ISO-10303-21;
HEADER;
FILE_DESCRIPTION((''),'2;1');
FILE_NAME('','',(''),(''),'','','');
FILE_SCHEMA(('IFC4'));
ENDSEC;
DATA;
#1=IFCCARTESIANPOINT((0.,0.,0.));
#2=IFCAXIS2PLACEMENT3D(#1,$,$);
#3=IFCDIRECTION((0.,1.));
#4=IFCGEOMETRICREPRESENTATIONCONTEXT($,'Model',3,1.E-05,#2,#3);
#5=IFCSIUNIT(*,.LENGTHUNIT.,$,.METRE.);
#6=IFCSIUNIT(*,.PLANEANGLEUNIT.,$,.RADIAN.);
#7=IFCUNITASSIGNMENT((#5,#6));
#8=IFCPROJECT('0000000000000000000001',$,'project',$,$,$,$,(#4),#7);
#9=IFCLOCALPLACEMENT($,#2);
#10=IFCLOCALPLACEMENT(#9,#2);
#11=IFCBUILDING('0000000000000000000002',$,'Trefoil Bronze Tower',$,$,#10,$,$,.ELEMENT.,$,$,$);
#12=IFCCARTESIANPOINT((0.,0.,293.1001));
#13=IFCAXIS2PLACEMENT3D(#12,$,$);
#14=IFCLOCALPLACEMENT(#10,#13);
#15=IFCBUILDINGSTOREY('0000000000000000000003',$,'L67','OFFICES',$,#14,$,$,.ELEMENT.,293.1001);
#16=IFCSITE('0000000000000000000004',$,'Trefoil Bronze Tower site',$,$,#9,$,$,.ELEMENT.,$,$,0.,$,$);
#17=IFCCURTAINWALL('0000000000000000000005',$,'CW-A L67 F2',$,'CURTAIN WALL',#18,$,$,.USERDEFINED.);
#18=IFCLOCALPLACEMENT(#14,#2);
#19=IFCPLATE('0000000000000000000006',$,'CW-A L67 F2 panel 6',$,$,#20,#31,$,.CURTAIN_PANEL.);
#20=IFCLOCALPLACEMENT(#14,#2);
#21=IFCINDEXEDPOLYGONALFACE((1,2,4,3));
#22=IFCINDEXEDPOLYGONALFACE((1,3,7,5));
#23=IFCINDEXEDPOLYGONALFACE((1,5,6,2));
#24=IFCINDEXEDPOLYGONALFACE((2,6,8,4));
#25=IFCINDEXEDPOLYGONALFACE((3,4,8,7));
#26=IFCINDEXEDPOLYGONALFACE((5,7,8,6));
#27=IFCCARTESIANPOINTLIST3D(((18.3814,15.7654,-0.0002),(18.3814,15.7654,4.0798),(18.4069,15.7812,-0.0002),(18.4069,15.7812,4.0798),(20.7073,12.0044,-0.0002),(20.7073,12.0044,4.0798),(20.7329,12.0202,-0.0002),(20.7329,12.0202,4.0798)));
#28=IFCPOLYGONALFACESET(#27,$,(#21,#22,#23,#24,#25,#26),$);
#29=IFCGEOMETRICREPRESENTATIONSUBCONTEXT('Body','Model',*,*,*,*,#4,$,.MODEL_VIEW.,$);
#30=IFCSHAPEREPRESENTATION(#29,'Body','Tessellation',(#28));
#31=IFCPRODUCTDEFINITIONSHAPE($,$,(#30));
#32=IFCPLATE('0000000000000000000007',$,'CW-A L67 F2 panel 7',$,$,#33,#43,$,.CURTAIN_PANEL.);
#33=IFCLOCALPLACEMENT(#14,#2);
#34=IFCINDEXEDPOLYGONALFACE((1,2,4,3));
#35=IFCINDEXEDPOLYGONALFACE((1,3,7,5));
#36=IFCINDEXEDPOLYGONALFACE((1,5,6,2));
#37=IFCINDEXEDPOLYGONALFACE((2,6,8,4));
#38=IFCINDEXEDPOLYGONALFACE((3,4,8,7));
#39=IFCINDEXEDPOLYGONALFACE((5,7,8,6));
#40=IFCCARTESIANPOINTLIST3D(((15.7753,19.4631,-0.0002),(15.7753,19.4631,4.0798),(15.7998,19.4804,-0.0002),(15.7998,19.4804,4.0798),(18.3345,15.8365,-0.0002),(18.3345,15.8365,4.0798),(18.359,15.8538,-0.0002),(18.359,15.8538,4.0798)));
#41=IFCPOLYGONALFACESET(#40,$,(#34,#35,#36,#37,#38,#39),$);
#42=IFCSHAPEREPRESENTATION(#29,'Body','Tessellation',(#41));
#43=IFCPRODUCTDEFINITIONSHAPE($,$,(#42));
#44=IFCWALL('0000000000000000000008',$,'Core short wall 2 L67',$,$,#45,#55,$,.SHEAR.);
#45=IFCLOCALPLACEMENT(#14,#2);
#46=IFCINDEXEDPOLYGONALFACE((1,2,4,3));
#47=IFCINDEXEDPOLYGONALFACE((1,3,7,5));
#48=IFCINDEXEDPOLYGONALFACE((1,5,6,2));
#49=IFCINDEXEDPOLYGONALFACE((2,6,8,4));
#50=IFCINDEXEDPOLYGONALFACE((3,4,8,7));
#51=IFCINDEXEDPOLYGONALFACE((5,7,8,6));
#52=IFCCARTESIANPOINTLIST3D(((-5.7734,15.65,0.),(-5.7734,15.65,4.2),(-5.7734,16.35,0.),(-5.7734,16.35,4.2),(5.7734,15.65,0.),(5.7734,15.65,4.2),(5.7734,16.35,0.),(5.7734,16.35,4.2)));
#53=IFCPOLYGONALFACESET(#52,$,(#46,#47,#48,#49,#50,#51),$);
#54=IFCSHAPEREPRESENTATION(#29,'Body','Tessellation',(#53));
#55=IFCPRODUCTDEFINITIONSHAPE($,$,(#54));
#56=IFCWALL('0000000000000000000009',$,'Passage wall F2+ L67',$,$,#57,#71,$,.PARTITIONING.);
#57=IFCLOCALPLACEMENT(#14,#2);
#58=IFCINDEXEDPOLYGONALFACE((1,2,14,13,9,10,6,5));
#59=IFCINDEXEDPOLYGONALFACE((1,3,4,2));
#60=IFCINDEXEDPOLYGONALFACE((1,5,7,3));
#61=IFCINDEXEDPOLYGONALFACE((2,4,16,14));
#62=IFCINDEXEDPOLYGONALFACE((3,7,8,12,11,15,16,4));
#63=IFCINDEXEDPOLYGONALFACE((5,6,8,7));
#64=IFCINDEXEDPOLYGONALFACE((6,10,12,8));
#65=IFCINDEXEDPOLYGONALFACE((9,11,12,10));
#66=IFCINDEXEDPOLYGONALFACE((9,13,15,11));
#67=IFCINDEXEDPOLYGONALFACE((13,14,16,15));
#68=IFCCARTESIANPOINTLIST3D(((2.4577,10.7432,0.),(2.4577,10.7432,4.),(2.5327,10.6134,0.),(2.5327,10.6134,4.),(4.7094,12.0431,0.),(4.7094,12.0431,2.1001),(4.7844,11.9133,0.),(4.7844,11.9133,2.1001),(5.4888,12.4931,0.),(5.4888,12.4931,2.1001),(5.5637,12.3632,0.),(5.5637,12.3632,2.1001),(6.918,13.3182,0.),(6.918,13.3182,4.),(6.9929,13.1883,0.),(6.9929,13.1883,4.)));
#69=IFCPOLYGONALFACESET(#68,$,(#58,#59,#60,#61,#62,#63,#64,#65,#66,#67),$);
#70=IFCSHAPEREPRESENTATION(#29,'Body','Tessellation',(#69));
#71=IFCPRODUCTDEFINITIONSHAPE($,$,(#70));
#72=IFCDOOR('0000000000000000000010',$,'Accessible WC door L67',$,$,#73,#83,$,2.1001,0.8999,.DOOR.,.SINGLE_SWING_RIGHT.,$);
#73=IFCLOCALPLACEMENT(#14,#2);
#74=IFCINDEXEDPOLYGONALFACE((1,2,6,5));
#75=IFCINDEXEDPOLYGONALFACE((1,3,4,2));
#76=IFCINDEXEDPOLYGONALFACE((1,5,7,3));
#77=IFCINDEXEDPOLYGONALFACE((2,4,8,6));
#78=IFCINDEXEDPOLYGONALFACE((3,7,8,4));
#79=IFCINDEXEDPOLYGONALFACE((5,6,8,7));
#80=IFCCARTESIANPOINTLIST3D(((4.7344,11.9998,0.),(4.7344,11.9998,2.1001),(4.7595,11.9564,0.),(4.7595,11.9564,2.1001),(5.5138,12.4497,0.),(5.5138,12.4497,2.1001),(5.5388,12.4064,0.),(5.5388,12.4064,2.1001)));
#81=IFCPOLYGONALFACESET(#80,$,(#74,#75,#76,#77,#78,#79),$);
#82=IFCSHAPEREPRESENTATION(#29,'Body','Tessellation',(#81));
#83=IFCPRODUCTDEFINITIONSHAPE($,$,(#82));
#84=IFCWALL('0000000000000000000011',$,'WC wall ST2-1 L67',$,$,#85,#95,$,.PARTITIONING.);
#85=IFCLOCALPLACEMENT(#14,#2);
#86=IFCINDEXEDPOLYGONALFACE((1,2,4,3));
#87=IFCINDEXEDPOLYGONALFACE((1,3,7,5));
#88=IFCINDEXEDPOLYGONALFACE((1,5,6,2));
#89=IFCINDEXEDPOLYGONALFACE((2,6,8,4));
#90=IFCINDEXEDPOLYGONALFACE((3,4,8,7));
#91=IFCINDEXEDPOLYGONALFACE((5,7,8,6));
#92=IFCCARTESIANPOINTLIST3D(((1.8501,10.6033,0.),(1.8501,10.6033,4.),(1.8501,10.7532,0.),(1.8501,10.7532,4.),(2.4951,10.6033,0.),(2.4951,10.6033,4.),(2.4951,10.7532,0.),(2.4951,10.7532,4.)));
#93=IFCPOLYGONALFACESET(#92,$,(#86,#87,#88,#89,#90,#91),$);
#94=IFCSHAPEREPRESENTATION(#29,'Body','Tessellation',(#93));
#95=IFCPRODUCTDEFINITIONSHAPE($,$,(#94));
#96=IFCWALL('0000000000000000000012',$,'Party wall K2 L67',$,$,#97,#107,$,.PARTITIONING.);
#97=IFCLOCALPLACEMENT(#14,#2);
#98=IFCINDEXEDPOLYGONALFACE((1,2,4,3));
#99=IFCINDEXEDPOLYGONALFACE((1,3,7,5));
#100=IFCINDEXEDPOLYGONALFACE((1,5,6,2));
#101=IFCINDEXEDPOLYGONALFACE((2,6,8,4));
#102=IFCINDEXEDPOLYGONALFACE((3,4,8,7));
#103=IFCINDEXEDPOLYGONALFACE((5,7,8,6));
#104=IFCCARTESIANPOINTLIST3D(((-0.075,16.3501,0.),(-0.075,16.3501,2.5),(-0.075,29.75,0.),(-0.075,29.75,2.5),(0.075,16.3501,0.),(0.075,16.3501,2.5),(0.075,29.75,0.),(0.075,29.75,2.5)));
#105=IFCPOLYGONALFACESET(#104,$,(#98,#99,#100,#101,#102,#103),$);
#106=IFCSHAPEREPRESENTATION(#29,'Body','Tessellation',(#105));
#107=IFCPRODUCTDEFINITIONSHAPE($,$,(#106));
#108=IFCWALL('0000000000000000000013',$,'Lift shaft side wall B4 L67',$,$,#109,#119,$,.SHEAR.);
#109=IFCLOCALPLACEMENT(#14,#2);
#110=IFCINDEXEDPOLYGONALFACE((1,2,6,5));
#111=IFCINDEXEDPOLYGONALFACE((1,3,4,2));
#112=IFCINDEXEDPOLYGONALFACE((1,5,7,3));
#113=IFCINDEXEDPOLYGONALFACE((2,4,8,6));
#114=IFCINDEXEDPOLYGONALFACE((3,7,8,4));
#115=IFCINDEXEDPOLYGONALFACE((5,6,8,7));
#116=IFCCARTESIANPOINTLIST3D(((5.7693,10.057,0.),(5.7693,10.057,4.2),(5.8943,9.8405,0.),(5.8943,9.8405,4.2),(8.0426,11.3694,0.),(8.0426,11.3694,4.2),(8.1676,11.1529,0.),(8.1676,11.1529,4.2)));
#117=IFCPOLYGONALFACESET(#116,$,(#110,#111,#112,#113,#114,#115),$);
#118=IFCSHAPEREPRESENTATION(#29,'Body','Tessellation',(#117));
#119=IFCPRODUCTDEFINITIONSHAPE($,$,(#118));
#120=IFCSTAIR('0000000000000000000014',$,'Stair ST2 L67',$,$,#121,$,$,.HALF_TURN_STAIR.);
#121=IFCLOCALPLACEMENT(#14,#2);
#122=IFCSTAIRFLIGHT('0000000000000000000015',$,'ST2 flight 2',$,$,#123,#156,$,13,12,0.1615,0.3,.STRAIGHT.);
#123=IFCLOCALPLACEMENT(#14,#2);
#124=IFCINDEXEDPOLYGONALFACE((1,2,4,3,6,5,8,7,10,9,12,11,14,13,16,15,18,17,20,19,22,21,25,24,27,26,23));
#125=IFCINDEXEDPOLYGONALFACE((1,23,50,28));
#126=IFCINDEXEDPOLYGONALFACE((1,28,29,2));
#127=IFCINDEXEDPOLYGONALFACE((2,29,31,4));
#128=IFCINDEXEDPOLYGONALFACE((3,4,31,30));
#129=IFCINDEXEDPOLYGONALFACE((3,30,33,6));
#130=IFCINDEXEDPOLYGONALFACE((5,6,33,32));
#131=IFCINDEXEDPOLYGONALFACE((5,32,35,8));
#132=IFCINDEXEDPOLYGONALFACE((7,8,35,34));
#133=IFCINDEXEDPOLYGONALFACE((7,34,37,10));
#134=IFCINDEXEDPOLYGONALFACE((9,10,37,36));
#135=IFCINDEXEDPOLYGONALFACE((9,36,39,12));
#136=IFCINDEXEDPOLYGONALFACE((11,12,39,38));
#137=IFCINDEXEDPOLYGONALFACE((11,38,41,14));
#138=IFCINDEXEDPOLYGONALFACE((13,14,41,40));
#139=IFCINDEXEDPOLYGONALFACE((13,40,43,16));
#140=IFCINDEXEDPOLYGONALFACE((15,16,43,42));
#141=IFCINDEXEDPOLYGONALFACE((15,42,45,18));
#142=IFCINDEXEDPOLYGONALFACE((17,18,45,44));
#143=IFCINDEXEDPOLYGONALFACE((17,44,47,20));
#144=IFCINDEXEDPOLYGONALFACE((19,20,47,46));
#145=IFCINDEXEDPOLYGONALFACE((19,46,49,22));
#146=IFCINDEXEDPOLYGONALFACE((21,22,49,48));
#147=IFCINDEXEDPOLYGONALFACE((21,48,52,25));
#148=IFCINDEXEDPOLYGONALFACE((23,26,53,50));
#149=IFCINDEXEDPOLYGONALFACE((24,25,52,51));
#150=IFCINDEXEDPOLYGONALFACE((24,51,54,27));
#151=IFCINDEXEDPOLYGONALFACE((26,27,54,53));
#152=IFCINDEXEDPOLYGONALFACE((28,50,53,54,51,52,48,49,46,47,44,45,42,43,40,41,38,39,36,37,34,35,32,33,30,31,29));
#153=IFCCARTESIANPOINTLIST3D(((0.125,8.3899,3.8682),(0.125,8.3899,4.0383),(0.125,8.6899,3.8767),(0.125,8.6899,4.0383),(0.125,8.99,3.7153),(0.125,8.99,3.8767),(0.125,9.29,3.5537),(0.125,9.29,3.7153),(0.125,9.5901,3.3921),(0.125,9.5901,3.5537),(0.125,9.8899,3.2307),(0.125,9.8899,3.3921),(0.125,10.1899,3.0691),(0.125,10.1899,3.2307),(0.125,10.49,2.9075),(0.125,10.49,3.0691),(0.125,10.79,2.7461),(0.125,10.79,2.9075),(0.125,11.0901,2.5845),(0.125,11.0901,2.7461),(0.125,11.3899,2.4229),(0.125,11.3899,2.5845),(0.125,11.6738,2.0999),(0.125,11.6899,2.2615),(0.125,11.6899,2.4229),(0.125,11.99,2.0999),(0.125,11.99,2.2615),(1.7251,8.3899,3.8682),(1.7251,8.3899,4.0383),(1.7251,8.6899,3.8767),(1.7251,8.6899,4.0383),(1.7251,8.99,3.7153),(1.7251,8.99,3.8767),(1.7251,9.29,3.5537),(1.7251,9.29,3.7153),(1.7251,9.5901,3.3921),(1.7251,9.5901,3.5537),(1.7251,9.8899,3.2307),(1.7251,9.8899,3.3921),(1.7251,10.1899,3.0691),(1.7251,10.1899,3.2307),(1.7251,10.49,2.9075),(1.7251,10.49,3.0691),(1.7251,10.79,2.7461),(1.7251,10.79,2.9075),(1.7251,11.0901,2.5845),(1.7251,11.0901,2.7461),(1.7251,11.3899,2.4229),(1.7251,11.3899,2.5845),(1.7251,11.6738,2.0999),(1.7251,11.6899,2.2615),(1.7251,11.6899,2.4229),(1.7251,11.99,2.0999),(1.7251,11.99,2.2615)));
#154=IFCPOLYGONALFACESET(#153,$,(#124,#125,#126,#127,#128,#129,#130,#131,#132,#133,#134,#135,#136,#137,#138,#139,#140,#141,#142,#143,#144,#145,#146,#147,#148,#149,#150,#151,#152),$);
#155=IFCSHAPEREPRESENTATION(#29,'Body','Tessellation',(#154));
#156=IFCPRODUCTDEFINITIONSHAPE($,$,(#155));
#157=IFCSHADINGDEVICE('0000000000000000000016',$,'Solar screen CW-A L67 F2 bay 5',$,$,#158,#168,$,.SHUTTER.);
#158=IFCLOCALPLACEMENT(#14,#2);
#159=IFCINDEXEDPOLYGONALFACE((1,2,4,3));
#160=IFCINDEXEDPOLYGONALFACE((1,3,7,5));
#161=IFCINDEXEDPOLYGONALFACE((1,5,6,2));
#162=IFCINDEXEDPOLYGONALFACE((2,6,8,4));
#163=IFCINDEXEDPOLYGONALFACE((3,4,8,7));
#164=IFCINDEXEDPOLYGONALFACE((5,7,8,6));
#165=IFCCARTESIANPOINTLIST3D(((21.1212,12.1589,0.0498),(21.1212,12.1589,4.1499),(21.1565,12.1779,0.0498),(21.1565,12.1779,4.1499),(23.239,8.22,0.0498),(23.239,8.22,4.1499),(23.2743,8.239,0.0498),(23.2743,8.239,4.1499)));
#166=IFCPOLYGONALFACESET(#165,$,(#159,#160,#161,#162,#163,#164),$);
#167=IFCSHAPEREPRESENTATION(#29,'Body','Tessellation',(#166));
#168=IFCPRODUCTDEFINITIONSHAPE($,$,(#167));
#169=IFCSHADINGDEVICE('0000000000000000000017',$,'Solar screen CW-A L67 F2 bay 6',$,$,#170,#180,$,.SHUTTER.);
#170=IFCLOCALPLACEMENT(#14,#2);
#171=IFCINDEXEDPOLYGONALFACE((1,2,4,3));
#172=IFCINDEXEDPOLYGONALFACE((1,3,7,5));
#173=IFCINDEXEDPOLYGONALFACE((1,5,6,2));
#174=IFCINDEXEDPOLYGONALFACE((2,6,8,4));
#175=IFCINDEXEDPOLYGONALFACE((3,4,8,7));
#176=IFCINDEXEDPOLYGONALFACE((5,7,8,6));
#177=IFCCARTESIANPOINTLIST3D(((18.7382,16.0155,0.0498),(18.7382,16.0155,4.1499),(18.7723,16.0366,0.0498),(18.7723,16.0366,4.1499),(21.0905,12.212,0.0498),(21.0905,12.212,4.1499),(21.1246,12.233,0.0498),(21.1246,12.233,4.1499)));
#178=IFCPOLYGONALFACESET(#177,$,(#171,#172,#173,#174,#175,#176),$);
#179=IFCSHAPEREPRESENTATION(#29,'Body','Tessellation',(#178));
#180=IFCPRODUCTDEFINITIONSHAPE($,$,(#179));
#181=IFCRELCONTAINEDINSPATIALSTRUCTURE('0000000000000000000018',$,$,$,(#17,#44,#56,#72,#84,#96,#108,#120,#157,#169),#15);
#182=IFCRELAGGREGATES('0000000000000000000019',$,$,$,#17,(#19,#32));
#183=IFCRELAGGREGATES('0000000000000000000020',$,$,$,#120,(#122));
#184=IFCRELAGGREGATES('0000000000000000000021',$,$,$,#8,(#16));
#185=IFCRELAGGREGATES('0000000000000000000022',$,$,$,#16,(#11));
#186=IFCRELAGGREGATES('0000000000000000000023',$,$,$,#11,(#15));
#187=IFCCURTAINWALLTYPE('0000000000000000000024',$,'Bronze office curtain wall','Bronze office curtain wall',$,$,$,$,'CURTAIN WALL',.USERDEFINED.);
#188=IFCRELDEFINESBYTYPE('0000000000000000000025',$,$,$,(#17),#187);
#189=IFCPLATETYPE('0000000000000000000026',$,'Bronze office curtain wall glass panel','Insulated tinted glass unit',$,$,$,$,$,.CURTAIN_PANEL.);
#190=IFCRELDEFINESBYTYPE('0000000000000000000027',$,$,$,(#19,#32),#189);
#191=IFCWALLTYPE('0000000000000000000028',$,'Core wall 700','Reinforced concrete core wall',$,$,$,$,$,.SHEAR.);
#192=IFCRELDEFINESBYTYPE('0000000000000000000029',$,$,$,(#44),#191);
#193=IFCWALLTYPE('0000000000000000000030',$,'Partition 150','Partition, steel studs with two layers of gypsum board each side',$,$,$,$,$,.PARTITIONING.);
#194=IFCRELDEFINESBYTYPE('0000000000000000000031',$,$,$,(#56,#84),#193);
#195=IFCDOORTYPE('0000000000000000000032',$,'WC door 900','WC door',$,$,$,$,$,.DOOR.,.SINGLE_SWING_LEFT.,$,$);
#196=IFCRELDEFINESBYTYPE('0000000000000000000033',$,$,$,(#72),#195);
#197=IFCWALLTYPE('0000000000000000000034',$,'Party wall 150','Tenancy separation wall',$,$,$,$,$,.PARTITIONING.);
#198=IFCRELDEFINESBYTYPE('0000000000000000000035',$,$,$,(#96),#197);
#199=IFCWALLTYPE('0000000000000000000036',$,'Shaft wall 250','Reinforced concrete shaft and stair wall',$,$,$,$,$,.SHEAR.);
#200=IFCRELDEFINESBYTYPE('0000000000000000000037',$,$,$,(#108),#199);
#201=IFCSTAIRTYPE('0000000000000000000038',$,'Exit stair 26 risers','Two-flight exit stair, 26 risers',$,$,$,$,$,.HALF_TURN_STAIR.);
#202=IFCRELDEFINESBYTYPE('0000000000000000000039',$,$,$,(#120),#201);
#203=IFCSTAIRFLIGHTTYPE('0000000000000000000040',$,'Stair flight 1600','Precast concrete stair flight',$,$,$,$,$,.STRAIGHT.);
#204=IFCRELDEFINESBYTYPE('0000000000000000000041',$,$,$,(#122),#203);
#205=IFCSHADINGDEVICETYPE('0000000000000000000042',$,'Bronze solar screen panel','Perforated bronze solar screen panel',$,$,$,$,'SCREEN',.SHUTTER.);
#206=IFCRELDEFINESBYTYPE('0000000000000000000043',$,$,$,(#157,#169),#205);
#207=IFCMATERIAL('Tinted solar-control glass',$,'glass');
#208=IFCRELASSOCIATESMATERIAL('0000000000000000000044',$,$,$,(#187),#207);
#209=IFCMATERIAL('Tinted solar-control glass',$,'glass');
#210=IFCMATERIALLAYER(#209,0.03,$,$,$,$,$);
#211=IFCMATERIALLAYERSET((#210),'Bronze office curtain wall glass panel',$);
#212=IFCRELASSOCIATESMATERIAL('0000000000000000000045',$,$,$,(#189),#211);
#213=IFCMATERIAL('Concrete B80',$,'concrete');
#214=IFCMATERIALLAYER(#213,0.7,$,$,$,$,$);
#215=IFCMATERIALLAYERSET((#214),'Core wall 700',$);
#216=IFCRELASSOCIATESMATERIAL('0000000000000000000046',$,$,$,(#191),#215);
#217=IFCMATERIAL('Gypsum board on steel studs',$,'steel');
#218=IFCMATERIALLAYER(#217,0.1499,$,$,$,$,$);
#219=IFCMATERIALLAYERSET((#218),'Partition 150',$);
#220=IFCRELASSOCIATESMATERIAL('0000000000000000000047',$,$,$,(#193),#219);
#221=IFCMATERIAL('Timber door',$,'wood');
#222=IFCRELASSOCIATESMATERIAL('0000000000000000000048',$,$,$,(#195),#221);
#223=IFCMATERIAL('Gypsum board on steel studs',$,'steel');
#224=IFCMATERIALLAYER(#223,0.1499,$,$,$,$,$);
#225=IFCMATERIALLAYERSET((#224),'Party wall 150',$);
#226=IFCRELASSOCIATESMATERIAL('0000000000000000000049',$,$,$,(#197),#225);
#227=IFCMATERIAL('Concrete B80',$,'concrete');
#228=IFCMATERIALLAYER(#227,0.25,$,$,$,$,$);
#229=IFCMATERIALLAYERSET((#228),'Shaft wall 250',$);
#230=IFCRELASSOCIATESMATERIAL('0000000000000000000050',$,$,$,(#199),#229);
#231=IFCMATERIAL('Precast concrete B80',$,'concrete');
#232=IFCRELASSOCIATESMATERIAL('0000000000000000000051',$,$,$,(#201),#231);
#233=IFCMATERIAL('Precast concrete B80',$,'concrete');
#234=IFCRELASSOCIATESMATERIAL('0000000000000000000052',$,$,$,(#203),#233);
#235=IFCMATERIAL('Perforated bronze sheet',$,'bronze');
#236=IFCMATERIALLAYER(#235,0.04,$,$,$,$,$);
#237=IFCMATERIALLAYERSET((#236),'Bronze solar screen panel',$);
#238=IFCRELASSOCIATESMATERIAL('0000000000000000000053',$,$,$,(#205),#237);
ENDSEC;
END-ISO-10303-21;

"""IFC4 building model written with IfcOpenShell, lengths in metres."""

from ifc_helpers import new_model, si_unit, direction, frame, frame_2d, origin, origin_2d, place, context, subcontext, project, spatial, polyline, rectangle, outline, extrude, material, layer, layer_set, type_object, element, fill, aggregate, save


model = new_model("IFC4")

# Units and contexts
model_context = context("Model", 3, precision=1e-05, world=origin(), true_north=direction((0.0, 1.0)))
body_context = subcontext(model_context, "Body", "Model", "MODEL_VIEW")
ifc_project = project(units=[si_unit("LENGTHUNIT", "METRE"), si_unit("PLANEANGLEUNIT", "RADIAN")], contexts=[model_context])

# Site, building, storey
site_placement = place(None, origin())
site = spatial("IfcSite", under=ifc_project, at=site_placement, Name="Trefoil Bronze Tower site", CompositionType="ELEMENT", RefElevation=0.0)
building_placement = place(site_placement, origin())
building = spatial("IfcBuilding", under=site, at=building_placement, Name="Trefoil Bronze Tower", CompositionType="ELEMENT")
storey_placement = place(building_placement, frame((0.0, 0.0, 293.1001)))
storey = spatial("IfcBuildingStorey", under=building, at=storey_placement, Name="L67", Description="OFFICES", CompositionType="ELEMENT", Elevation=293.1001)

# Curtain wall
ifc_material_1 = material(Name="Tinted solar-control glass", Category="glass")
curtain_wall_type = type_object("IfcCurtainWallType", Name="Bronze office curtain wall", Description="Bronze office curtain wall", ElementType="CURTAIN WALL", PredefinedType="USERDEFINED", material=ifc_material_1)
curtain_wall_placement = place(storey_placement, origin())
curtain_wall = element("IfcCurtainWall", 1, at=curtain_wall_placement, inside=storey, type_object=curtain_wall_type, Name="CW-A L67 F2", ObjectType="CURTAIN WALL", PredefinedType="USERDEFINED")

# Plates
ifc_material_2 = material(Name="Tinted solar-control glass", Category="glass")
ifc_layer_1 = layer(ifc_material_2, 0.03)
ifc_layer_set_1 = layer_set([ifc_layer_1], Name="Bronze office curtain wall glass panel")
plate_type = type_object("IfcPlateType", Name="Bronze office curtain wall glass panel", Description="Insulated tinted glass unit", PredefinedType="CURTAIN_PANEL", material=ifc_layer_set_1)
plate_1_placement = place(storey_placement, frame((19.5571, 13.8928, -0.0002), z_axis=(0.0, 0.0, 1.0), x_axis=(-0.52598, 0.850497, 0.0)))
plate_1 = element("IfcPlate", 2, at=plate_1_placement, type_object=plate_type, Name="CW-A L67 F2 panel 6", PredefinedType="CURTAIN_PANEL", context=body_context, shape_type="SweptSolid", body=[
    extrude(rectangle(XDim=4.4221, YDim=0.03, at=origin_2d()), origin(), (0.0, 0.0, 1.0), 4.0801),
])
plate_2_placement = place(storey_placement, frame((17.0671, 17.6584, -0.0002), z_axis=(0.0, 0.0, 1.0), x_axis=(-0.576561, 0.817054, 0.0)))
plate_2 = element("IfcPlate", 3, at=plate_2_placement, type_object=plate_type, Name="CW-A L67 F2 panel 7", PredefinedType="CURTAIN_PANEL", context=body_context, shape_type="SweptSolid", body=[
    extrude(rectangle(XDim=4.4387, YDim=0.03, at=origin_2d()), origin(), (0.0, 0.0, 1.0), 4.0801),
])
aggregate(curtain_wall, [plate_1, plate_2])

# Wall
ifc_material_3 = material(Name="Concrete B80", Category="concrete")
ifc_layer_2 = layer(ifc_material_3, 0.7)
ifc_layer_set_2 = layer_set([ifc_layer_2], Name="Core wall 700")
wall_type_1 = type_object("IfcWallType", Name="Core wall 700", Description="Reinforced concrete core wall", PredefinedType="SHEAR", material=ifc_layer_set_2)
wall_1_placement = place(storey_placement, frame((5.7734, 16.0, 0.0), z_axis=(0.0, 0.0, 1.0), x_axis=(-1.0, 0.0, 0.0)))
element("IfcWall", 4, at=wall_1_placement, inside=storey, type_object=wall_type_1, Name="Core short wall 2 L67", PredefinedType="SHEAR", context=body_context, shape_type="SweptSolid", body=[
    extrude(rectangle(XDim=11.5469, YDim=0.7, at=frame_2d((5.7734, 0.0))), origin(), (0.0, 0.0, 1.0), 4.2),
])

# Wall, opening, door
ifc_material_4 = material(Name="Gypsum board on steel studs", Category="steel")
ifc_layer_3 = layer(ifc_material_4, 0.1499)
ifc_layer_set_3 = layer_set([ifc_layer_3], Name="Partition 150")
wall_type_2 = type_object("IfcWallType", Name="Partition 150", Description="Partition, steel studs with two layers of gypsum board each side", PredefinedType="PARTITIONING", material=ifc_layer_set_3)
wall_2_placement = place(storey_placement, frame((2.4951, 10.6782, 0.0), z_axis=(0.0, 0.0, 1.0), x_axis=(0.866038, 0.499978, 0.0)))
wall_2 = element("IfcWall", 5, at=wall_2_placement, inside=storey, type_object=wall_type_2, Name="Passage wall F2+ L67", PredefinedType="PARTITIONING", context=body_context, shape_type="SweptSolid", body=[
    extrude(rectangle(XDim=5.1501, YDim=0.1499, at=frame_2d((2.5752, 0.0))), origin(), (0.0, 0.0, 1.0), 4.0),
])
opening_placement = place(wall_2_placement, frame((2.6001, 0.0, 0.0)))
opening = element("IfcOpeningElement", 6, at=opening_placement, cuts=wall_2, PredefinedType="OPENING", context=body_context, shape_type="SweptSolid", body=[
    extrude(rectangle(XDim=0.8999, YDim=2.1001, at=frame_2d((0.45, 1.05))), frame((0.0, 0.085, 0.0), z_axis=(0.0, -1.0, 0.0), x_axis=(1.0, 0.0, 0.0)), (0.0, 0.0, 1.0), 0.1699),
])
ifc_material_5 = material(Name="Timber door", Category="wood")
door_type = type_object("IfcDoorType", Name="WC door 900", Description="WC door", OperationType="SINGLE_SWING_LEFT", PredefinedType="DOOR", material=ifc_material_5)
door_placement = place(opening_placement, origin())
door = element("IfcDoor", 7, at=door_placement, inside=storey, type_object=door_type, Name="Accessible WC door L67", OperationType="SINGLE_SWING_RIGHT", OverallHeight=2.1001, OverallWidth=0.8999, PredefinedType="DOOR", context=body_context, shape_type="SweptSolid", body=[
    extrude(rectangle(XDim=0.8999, YDim=2.1001, at=frame_2d((0.45, 1.05))), frame((0.0, 0.0249, 0.0), z_axis=(0.0, -1.0, 0.0), x_axis=(1.0, 0.0, 0.0)), (0.0, 0.0, 1.0), 0.05),
])
fill(opening, door)

# Walls
wall_3_placement = place(storey_placement, frame((2.4951, 10.6782, 0.0), z_axis=(0.0, 0.0, 1.0), x_axis=(-1.0, 0.0, 0.0)))
element("IfcWall", 8, at=wall_3_placement, inside=storey, type_object=wall_type_2, Name="WC wall ST2-1 L67", PredefinedType="PARTITIONING", context=body_context, shape_type="SweptSolid", body=[
    extrude(rectangle(XDim=0.645, YDim=0.1499, at=frame_2d((0.3225, 0.0))), origin(), (0.0, 0.0, 1.0), 4.0),
])
ifc_material_6 = material(Name="Gypsum board on steel studs", Category="steel")
ifc_layer_4 = layer(ifc_material_6, 0.1499)
ifc_layer_set_4 = layer_set([ifc_layer_4], Name="Party wall 150")
wall_type_3 = type_object("IfcWallType", Name="Party wall 150", Description="Tenancy separation wall", PredefinedType="PARTITIONING", material=ifc_layer_set_4)
wall_4_placement = place(storey_placement, frame((0.0, 16.3501, 0.0), z_axis=(0.0, 0.0, 1.0), x_axis=(0.0, 1.0, 0.0)))
element("IfcWall", 9, at=wall_4_placement, inside=storey, type_object=wall_type_3, Name="Party wall K2 L67", PredefinedType="PARTITIONING", context=body_context, shape_type="SweptSolid", body=[
    extrude(rectangle(XDim=13.3999, YDim=0.1499, at=frame_2d((6.7, 0.0))), origin(), (0.0, 0.0, 1.0), 2.5),
])
ifc_material_7 = material(Name="Concrete B80", Category="concrete")
ifc_layer_5 = layer(ifc_material_7, 0.25)
ifc_layer_set_5 = layer_set([ifc_layer_5], Name="Shaft wall 250")
wall_type_4 = type_object("IfcWallType", Name="Shaft wall 250", Description="Reinforced concrete shaft and stair wall", PredefinedType="SHEAR", material=ifc_layer_set_5)
wall_5_placement = place(storey_placement, frame((5.8318, 9.9487, 0.0), z_axis=(0.0, 0.0, 1.0), x_axis=(0.866037, 0.49998, 0.0)))
element("IfcWall", 10, at=wall_5_placement, inside=storey, type_object=wall_type_4, Name="Lift shaft side wall B4 L67", PredefinedType="SHEAR", context=body_context, shape_type="SweptSolid", body=[
    extrude(rectangle(XDim=2.625, YDim=0.25, at=frame_2d((1.3125, 0.0))), origin(), (0.0, 0.0, 1.0), 4.2),
])

# Stair, stair flight
ifc_material_8 = material(Name="Precast concrete B80", Category="concrete")
stair_type = type_object("IfcStairType", Name="Exit stair 26 risers", Description="Two-flight exit stair, 26 risers", PredefinedType="HALF_TURN_STAIR", material=ifc_material_8)
stair_placement = place(storey_placement, origin())
stair = element("IfcStair", 11, at=stair_placement, inside=storey, type_object=stair_type, Name="Stair ST2 L67", PredefinedType="HALF_TURN_STAIR")
ifc_material_9 = material(Name="Precast concrete B80", Category="concrete")
stair_flight_type = type_object("IfcStairFlightType", Name="Stair flight 1600", Description="Precast concrete stair flight", PredefinedType="STRAIGHT", material=ifc_material_9)
stair_flight_placement = place(storey_placement, frame((0.925, 11.99, 2.0999), z_axis=(0.0, 0.0, 1.0), x_axis=(0.0, -1.0, 0.0)))
stair_flight = element("IfcStairFlight", 12, at=stair_flight_placement, type_object=stair_flight_type, Name="ST2 flight 2", NumberOfRisers=13, NumberOfTreads=12, PredefinedType="STRAIGHT", RiserHeight=0.1615, TreadLength=0.3, context=body_context, shape_type="SweptSolid", body=[
    extrude(outline(polyline([(0.0, 0.0), (0.0, 0.1616), (0.3, 0.1616), (0.3, 0.323), (0.6001, 0.323), (0.6001, 0.4846), (0.8999, 0.4846), (0.8999, 0.6462), (1.2, 0.6462), (1.2, 0.8076), (1.5, 0.8076), (1.5, 0.9692), (1.8, 0.9692), (1.8, 1.1309), (2.1001, 1.1309), (2.1001, 1.2922), (2.3999, 1.2922), (2.3999, 1.4539), (2.7, 1.4539), (2.7, 1.6155), (3.0, 1.6155), (3.0, 1.7769), (3.3, 1.7769), (3.3, 1.9385), (3.6001, 1.9385), (3.6001, 2.1001), (3.6001, 1.7683), (0.3162, 0.0), (0.0, 0.0)])), frame((0.0, 0.8, 0.0), z_axis=(0.0, -1.0, 0.0), x_axis=(1.0, 0.0, 0.0)), (0.0, 0.0, 1.0), 1.6001),
])
aggregate(stair, [stair_flight])

# Shading devices
ifc_material_10 = material(Name="Perforated bronze sheet", Category="bronze")
ifc_layer_6 = layer(ifc_material_10, 0.04)
ifc_layer_set_6 = layer_set([ifc_layer_6], Name="Bronze solar screen panel")
shading_device_type = type_object("IfcShadingDeviceType", Name="Bronze solar screen panel", Description="Perforated bronze solar screen panel", ElementType="SCREEN", PredefinedType="SHUTTER", material=ifc_layer_set_6)
for number, where, z_axis, x_axis, name in (
    (13, (22.1978, 10.199, 0.0498), (0.0, 0.0, 1.0), (-0.473562, 0.88076, 0.0), "Solar screen CW-A L67 F2 bay 5"),
    (14, (19.9314, 14.1243, 0.0498), (0.0, 0.0, 1.0), (-0.52598, 0.850497, 0.0), "Solar screen CW-A L67 F2 bay 6"),
):
    element("IfcShadingDevice", number, at=place(storey_placement, frame(where, z_axis=z_axis, x_axis=x_axis)), inside=storey, type_object=shading_device_type, Name=name, PredefinedType="SHUTTER", context=body_context, shape_type="SweptSolid", body=[
        extrude(rectangle(XDim=4.4722, YDim=0.04, at=origin_2d()), origin(), (0.0, 0.0, 1.0), 4.1001),
    ])

save(model, "model.ifc")
